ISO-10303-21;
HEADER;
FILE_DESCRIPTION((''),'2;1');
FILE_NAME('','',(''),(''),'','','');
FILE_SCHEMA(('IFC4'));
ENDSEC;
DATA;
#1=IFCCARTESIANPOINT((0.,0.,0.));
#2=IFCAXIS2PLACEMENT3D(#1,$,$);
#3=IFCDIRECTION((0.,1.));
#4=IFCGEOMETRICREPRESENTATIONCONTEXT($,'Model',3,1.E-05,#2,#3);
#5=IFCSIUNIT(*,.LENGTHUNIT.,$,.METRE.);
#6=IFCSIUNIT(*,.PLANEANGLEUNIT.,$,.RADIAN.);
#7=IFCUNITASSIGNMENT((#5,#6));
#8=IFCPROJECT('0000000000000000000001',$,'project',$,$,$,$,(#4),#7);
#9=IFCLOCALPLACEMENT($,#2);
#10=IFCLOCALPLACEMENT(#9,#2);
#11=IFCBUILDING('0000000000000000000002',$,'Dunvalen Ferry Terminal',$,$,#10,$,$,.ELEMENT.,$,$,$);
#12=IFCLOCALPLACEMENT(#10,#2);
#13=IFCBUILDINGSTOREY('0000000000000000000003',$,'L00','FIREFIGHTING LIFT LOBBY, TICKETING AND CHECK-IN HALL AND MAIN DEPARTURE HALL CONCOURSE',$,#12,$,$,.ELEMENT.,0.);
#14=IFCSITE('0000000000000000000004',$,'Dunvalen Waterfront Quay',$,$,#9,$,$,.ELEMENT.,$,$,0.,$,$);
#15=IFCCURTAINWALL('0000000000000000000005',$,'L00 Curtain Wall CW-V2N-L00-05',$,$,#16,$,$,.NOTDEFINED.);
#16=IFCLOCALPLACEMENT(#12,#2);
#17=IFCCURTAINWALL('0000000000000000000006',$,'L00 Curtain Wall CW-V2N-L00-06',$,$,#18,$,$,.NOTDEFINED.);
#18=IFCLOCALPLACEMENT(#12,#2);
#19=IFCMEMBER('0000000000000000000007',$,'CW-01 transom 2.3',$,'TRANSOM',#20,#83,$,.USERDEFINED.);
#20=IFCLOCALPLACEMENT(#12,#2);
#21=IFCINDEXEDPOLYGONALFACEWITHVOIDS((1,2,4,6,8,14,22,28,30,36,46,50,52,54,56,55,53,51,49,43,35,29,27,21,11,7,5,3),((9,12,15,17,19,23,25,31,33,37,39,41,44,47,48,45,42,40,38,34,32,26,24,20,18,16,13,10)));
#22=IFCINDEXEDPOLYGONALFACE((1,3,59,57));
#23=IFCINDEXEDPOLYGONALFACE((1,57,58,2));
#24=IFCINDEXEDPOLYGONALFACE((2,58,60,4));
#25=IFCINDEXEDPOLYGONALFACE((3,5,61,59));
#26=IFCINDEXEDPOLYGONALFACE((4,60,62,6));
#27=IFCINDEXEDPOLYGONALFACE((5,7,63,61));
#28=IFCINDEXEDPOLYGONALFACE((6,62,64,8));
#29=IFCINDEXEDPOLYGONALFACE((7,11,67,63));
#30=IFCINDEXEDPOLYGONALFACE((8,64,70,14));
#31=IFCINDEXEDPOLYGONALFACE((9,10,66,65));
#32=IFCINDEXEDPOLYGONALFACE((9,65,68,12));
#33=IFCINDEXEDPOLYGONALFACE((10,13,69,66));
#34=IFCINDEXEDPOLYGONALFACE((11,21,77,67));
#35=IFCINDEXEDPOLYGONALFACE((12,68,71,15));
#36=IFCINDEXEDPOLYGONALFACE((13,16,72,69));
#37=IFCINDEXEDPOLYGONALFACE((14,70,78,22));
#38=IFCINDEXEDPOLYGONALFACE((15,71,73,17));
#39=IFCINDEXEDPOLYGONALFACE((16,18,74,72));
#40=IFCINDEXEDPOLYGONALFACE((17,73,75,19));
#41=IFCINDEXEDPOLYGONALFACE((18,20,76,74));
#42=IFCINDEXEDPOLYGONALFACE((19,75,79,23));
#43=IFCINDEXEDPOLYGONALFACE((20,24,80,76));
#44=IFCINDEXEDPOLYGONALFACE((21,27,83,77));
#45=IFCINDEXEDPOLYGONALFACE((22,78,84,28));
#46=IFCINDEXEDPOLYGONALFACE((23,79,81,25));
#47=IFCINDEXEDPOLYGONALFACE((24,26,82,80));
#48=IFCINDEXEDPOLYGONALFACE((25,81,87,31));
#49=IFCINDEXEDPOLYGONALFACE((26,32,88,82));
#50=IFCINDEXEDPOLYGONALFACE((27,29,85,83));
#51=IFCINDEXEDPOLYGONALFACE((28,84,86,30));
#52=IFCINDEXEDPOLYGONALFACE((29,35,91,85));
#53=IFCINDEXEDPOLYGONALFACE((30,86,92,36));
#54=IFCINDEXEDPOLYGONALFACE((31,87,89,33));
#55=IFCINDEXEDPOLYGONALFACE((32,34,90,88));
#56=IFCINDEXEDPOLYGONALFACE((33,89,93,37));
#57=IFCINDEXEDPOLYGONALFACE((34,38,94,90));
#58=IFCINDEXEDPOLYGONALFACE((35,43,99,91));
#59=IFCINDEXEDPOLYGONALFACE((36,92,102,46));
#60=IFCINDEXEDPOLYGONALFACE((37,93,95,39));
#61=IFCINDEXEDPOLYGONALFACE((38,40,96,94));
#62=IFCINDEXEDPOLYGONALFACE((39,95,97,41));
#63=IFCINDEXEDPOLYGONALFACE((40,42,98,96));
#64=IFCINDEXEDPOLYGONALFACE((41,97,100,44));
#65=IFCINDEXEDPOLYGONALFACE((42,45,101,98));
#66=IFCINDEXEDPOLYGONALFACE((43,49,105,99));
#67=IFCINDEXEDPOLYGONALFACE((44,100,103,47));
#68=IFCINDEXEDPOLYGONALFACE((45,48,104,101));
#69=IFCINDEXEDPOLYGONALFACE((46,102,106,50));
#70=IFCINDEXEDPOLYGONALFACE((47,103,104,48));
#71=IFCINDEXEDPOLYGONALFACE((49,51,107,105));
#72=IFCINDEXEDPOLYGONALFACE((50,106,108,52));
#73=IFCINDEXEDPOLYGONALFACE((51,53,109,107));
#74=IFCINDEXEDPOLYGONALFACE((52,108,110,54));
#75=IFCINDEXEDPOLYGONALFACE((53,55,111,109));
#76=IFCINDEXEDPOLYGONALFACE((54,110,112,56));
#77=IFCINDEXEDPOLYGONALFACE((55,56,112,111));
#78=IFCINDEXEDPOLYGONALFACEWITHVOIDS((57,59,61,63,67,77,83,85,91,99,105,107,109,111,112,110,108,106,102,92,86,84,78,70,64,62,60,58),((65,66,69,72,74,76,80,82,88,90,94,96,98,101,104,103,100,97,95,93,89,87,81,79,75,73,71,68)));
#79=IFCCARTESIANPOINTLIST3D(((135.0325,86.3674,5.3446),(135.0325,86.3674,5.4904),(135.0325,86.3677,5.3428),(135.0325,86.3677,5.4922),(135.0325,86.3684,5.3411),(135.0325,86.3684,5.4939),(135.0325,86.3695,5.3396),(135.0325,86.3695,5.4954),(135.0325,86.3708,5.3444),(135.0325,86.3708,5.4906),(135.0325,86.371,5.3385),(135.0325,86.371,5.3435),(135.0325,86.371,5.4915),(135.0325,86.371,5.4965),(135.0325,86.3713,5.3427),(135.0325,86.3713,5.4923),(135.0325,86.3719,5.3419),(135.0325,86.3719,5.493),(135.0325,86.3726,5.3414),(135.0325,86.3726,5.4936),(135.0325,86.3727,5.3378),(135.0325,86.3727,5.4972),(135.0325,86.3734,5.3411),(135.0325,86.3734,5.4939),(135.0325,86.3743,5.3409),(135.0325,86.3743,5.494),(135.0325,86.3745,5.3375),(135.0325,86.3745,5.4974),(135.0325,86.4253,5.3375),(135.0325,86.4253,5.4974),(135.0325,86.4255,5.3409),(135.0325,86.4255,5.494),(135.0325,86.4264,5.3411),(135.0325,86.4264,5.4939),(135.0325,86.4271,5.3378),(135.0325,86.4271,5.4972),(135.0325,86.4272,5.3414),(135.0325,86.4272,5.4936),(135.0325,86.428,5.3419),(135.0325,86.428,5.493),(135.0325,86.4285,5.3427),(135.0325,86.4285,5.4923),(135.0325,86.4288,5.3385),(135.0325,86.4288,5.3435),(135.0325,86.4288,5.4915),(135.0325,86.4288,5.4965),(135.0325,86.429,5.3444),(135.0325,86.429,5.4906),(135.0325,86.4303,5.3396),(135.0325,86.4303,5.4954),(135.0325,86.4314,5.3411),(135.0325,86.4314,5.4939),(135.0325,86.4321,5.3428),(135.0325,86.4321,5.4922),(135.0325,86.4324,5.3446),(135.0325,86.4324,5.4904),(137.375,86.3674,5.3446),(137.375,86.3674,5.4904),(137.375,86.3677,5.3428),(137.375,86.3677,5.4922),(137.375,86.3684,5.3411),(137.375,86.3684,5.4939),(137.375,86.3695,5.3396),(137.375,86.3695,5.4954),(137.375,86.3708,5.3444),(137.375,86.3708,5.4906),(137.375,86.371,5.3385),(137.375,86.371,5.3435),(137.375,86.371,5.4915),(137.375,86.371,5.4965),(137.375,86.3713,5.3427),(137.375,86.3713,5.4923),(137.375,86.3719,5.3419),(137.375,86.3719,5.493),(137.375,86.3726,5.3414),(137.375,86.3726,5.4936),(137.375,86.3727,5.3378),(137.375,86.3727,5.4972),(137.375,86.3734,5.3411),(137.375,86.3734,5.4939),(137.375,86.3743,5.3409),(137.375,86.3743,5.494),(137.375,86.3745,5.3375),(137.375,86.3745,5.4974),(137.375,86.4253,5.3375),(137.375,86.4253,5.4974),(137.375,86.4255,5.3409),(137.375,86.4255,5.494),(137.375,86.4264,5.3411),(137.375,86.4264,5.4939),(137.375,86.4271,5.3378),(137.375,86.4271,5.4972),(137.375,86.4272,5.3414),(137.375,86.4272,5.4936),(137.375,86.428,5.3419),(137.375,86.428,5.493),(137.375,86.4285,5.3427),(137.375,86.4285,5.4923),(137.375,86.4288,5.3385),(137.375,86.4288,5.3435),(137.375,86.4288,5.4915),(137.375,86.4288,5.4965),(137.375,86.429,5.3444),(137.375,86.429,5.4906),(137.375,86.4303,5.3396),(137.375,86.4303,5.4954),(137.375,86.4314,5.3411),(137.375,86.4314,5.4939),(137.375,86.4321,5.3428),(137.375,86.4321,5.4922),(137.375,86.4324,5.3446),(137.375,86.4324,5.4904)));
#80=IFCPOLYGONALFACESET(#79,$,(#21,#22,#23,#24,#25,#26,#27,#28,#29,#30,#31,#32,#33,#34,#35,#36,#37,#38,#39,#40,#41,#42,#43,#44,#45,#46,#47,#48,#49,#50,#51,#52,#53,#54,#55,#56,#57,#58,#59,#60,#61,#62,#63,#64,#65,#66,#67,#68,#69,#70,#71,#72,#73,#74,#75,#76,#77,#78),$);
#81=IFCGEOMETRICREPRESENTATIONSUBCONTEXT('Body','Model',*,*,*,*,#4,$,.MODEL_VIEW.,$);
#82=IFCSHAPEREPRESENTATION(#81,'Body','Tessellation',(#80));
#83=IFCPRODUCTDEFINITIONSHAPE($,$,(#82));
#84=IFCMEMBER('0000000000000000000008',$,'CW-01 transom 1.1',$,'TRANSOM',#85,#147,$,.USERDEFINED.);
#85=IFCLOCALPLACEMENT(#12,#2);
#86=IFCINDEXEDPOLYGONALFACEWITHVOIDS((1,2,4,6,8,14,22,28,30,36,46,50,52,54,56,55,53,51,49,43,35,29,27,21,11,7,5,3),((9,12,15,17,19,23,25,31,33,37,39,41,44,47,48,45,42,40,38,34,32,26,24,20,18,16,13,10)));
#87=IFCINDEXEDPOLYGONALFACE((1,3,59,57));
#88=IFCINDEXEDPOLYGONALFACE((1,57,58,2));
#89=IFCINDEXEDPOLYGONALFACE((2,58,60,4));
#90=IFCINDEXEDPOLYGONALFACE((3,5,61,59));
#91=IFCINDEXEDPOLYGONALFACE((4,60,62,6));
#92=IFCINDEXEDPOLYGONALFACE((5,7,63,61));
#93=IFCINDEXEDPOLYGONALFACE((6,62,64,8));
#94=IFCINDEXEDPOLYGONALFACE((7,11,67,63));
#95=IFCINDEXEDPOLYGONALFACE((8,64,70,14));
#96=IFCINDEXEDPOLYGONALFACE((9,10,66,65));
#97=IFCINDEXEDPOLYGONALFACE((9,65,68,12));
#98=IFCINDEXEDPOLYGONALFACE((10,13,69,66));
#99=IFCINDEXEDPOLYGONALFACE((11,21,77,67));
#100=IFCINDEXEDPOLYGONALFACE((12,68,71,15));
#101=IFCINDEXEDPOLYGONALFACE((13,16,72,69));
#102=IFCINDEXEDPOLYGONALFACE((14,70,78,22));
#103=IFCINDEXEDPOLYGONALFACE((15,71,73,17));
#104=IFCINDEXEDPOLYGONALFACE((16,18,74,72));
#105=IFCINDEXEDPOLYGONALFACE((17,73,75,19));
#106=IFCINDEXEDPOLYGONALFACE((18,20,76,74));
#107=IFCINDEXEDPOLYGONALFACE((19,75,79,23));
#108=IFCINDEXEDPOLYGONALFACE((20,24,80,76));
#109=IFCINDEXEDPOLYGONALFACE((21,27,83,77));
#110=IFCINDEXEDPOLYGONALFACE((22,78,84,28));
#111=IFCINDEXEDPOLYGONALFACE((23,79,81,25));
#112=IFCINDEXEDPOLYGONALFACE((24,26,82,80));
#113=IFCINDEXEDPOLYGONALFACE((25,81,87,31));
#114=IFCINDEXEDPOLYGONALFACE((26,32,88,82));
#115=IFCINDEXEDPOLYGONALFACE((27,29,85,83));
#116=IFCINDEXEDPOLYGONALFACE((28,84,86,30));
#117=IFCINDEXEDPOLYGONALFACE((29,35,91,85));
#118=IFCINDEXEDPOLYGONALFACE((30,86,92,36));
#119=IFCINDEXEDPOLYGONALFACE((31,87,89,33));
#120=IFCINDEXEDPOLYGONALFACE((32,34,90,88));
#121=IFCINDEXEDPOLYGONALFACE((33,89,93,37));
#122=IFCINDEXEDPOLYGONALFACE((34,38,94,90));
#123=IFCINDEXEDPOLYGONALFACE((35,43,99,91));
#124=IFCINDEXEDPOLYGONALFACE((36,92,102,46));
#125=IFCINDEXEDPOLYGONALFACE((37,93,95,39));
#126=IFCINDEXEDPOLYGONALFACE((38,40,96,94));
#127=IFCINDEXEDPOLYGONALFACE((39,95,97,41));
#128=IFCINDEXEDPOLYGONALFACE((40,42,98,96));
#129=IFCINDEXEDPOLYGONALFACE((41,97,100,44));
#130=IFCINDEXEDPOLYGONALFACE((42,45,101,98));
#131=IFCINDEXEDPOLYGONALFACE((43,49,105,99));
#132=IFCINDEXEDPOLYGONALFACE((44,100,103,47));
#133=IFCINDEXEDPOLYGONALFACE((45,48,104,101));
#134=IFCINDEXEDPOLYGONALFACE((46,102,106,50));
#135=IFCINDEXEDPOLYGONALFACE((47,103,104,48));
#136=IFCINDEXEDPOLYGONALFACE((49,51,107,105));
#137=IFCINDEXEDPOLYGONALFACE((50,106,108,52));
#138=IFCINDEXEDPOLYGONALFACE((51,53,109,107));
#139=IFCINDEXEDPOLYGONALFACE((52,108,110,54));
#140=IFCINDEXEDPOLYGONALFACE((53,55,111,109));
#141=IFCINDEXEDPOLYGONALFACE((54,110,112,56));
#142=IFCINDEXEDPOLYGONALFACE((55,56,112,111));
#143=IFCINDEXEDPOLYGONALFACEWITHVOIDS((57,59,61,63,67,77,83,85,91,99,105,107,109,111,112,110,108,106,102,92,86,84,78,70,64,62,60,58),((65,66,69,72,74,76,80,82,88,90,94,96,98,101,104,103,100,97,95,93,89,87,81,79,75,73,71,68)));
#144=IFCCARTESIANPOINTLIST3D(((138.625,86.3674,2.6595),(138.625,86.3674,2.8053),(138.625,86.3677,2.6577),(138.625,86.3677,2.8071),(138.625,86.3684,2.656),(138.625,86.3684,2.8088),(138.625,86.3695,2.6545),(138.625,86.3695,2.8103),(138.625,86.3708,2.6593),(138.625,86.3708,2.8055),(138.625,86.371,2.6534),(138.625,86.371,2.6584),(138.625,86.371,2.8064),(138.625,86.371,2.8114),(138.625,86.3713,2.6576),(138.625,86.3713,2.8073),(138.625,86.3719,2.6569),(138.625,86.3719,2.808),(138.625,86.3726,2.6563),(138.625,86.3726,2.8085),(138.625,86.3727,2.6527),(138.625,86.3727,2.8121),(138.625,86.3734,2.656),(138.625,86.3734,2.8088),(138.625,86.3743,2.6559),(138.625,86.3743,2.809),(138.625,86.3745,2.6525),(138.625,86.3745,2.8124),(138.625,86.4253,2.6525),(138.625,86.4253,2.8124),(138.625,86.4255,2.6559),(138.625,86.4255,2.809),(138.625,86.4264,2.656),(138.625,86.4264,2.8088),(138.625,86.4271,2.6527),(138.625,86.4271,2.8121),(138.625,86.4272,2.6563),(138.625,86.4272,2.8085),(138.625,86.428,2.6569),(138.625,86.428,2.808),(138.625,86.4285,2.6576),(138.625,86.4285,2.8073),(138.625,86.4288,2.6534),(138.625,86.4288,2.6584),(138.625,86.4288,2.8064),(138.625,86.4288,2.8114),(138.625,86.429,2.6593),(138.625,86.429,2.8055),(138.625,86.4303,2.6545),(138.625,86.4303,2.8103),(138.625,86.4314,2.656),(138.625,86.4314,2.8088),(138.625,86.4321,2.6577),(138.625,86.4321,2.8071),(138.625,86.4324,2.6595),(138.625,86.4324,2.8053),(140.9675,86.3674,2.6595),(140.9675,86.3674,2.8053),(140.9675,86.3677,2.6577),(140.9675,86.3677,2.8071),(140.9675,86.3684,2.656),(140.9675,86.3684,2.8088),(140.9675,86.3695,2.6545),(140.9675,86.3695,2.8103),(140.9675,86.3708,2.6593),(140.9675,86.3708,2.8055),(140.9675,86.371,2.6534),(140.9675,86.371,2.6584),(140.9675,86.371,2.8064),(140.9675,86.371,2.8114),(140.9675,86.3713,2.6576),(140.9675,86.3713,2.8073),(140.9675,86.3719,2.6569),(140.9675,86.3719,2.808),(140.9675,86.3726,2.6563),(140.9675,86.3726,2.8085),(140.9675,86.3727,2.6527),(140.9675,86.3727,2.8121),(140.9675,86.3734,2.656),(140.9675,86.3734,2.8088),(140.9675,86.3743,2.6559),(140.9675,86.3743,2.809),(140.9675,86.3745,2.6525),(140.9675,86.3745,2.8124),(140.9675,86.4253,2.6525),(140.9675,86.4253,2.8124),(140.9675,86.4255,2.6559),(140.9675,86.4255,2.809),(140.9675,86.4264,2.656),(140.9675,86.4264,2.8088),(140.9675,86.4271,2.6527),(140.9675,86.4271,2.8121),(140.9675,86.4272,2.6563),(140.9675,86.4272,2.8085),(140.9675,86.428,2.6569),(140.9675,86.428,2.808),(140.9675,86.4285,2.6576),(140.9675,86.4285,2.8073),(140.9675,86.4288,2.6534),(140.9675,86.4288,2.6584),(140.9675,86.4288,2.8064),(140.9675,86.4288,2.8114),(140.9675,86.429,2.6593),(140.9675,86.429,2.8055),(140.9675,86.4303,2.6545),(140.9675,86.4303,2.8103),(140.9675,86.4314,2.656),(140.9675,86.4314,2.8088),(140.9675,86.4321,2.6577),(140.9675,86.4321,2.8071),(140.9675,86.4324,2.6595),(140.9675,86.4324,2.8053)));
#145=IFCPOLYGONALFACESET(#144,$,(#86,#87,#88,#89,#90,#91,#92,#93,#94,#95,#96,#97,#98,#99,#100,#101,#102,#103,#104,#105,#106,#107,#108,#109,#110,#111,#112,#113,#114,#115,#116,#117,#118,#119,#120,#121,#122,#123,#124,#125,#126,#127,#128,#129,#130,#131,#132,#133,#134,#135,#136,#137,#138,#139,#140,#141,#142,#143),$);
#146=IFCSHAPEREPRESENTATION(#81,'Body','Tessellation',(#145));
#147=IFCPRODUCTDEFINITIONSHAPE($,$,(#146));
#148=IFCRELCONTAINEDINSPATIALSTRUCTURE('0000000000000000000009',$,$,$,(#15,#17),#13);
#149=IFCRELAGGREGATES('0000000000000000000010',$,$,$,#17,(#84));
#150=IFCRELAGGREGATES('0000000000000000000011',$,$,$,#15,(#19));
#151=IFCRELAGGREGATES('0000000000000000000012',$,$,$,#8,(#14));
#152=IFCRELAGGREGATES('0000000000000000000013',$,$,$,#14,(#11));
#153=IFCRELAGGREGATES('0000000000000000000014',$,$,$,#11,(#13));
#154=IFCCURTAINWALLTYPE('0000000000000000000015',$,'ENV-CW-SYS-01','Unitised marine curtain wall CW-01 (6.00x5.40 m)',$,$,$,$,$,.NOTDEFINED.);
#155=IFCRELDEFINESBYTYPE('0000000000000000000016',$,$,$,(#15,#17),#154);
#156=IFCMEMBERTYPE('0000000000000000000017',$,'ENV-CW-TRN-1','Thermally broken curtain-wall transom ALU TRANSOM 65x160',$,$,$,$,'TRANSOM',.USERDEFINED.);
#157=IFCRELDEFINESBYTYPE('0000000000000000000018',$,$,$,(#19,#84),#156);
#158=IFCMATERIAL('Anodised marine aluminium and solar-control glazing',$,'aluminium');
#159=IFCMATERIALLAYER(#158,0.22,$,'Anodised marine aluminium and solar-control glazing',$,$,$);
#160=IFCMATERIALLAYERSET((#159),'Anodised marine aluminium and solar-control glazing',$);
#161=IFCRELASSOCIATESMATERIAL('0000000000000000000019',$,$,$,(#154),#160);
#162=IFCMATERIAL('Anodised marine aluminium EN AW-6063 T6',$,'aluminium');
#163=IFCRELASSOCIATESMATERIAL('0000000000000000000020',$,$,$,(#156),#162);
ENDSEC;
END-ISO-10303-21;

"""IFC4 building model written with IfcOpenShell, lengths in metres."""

from ifc_helpers import new_model, si_unit, direction, frame, origin, origin_2d, place, context, subcontext, project, spatial, hollow_rectangle, extrude, material, layer, layer_set, material_profile, profile_set, type_object, element, aggregate, save


model = new_model("IFC4")

# Units and contexts
model_context = context("Model", 3, precision=1e-05, world=origin(), true_north=direction((0.0, 1.0)))
body_context = subcontext(model_context, "Body", "Model", "MODEL_VIEW")
ifc_project = project(units=[si_unit("LENGTHUNIT", "METRE"), si_unit("PLANEANGLEUNIT", "RADIAN")], contexts=[model_context])

# Site, building, storey
site_placement = place(None, origin())
site = spatial("IfcSite", under=ifc_project, at=site_placement, Name="Dunvalen Waterfront Quay", CompositionType="ELEMENT", RefElevation=0.0)
building_placement = place(site_placement, origin())
building = spatial("IfcBuilding", under=site, at=building_placement, Name="Dunvalen Ferry Terminal", CompositionType="ELEMENT")
storey_placement = place(building_placement, origin())
storey = spatial("IfcBuildingStorey", under=building, at=storey_placement, Name="L00", Description="FIREFIGHTING LIFT LOBBY, TICKETING AND CHECK-IN HALL AND MAIN DEPARTURE HALL CONCOURSE", CompositionType="ELEMENT", Elevation=0.0)

# Curtain wall
ifc_material_1 = material(Name="Anodised marine aluminium and solar-control glazing", Category="aluminium")
ifc_layer_1 = layer(ifc_material_1, 0.22, Name="Anodised marine aluminium and solar-control glazing")
ifc_layer_set_1 = layer_set([ifc_layer_1], Name="Anodised marine aluminium and solar-control glazing")
curtain_wall_type = type_object("IfcCurtainWallType", Name="ENV-CW-SYS-01", Description="Unitised marine curtain wall CW-01 (6.00x5.40 m)", PredefinedType="NOTDEFINED", material=ifc_layer_set_1)
curtain_wall_1_placement = place(storey_placement, origin())
curtain_wall_1 = element("IfcCurtainWall", 1, at=curtain_wall_1_placement, inside=storey, type_object=curtain_wall_type, Name="L00 Curtain Wall CW-V2N-L00-05", PredefinedType="NOTDEFINED")
ifc_material_2 = material(Name="Anodised marine aluminium EN AW-6063 T6", Category="aluminium")

# Curtain wall
curtain_wall_2_placement = place(storey_placement, origin())
curtain_wall_2 = element("IfcCurtainWall", 2, at=curtain_wall_2_placement, inside=storey, type_object=curtain_wall_type, Name="L00 Curtain Wall CW-V2N-L00-06", PredefinedType="NOTDEFINED")

# Members
ifc_material_profile_1 = material_profile(ifc_material_2, hollow_rectangle(XDim=0.0649, YDim=0.1599, WallThickness=0.0034, InnerFilletRadius=0.0034, OuterFilletRadius=0.0071, at=origin_2d()), Name="Anodised marine aluminium EN AW-6063 T6")
ifc_profile_set_1 = profile_set([ifc_material_profile_1], Name="Anodised marine aluminium EN AW-6063 T6")
member_type_1 = type_object("IfcMemberType", Name="ENV-CW-TRN-1", Description="Thermally broken curtain-wall transom ALU TRANSOM 65x160", ElementType="TRANSOM", PredefinedType="USERDEFINED", material=ifc_profile_set_1)
member_1_placement = place(storey_placement, frame((135.0325, 86.3999, 5.4175), z_axis=(1.0, 0.0, 0.0), x_axis=(0.0, 1.0, 0.0)))
member_1 = element("IfcMember", 3, at=member_1_placement, type_object=member_type_1, Name="CW-01 transom 2.3", ObjectType="TRANSOM", PredefinedType="USERDEFINED", context=body_context, shape_type="SweptSolid", body=[
    extrude(hollow_rectangle(XDim=0.0649, YDim=0.1599, WallThickness=0.0034, InnerFilletRadius=0.0034, OuterFilletRadius=0.0071, at=origin_2d()), origin(), (0.0, 0.0, 1.0), 2.3425),
])
member_2_placement = place(storey_placement, frame((138.625, 86.3999, 2.7324), z_axis=(1.0, 0.0, 0.0), x_axis=(0.0, 1.0, 0.0)))
member_2 = element("IfcMember", 4, at=member_2_placement, type_object=member_type_1, Name="CW-01 transom 1.1", ObjectType="TRANSOM", PredefinedType="USERDEFINED", context=body_context, shape_type="SweptSolid", body=[
    extrude(hollow_rectangle(XDim=0.0649, YDim=0.1599, WallThickness=0.0034, InnerFilletRadius=0.0034, OuterFilletRadius=0.0071, at=origin_2d()), origin(), (0.0, 0.0, 1.0), 2.3425),
])
aggregate(curtain_wall_2, [member_2])

aggregate(curtain_wall_1, [member_1])

save(model, "model.ifc")
